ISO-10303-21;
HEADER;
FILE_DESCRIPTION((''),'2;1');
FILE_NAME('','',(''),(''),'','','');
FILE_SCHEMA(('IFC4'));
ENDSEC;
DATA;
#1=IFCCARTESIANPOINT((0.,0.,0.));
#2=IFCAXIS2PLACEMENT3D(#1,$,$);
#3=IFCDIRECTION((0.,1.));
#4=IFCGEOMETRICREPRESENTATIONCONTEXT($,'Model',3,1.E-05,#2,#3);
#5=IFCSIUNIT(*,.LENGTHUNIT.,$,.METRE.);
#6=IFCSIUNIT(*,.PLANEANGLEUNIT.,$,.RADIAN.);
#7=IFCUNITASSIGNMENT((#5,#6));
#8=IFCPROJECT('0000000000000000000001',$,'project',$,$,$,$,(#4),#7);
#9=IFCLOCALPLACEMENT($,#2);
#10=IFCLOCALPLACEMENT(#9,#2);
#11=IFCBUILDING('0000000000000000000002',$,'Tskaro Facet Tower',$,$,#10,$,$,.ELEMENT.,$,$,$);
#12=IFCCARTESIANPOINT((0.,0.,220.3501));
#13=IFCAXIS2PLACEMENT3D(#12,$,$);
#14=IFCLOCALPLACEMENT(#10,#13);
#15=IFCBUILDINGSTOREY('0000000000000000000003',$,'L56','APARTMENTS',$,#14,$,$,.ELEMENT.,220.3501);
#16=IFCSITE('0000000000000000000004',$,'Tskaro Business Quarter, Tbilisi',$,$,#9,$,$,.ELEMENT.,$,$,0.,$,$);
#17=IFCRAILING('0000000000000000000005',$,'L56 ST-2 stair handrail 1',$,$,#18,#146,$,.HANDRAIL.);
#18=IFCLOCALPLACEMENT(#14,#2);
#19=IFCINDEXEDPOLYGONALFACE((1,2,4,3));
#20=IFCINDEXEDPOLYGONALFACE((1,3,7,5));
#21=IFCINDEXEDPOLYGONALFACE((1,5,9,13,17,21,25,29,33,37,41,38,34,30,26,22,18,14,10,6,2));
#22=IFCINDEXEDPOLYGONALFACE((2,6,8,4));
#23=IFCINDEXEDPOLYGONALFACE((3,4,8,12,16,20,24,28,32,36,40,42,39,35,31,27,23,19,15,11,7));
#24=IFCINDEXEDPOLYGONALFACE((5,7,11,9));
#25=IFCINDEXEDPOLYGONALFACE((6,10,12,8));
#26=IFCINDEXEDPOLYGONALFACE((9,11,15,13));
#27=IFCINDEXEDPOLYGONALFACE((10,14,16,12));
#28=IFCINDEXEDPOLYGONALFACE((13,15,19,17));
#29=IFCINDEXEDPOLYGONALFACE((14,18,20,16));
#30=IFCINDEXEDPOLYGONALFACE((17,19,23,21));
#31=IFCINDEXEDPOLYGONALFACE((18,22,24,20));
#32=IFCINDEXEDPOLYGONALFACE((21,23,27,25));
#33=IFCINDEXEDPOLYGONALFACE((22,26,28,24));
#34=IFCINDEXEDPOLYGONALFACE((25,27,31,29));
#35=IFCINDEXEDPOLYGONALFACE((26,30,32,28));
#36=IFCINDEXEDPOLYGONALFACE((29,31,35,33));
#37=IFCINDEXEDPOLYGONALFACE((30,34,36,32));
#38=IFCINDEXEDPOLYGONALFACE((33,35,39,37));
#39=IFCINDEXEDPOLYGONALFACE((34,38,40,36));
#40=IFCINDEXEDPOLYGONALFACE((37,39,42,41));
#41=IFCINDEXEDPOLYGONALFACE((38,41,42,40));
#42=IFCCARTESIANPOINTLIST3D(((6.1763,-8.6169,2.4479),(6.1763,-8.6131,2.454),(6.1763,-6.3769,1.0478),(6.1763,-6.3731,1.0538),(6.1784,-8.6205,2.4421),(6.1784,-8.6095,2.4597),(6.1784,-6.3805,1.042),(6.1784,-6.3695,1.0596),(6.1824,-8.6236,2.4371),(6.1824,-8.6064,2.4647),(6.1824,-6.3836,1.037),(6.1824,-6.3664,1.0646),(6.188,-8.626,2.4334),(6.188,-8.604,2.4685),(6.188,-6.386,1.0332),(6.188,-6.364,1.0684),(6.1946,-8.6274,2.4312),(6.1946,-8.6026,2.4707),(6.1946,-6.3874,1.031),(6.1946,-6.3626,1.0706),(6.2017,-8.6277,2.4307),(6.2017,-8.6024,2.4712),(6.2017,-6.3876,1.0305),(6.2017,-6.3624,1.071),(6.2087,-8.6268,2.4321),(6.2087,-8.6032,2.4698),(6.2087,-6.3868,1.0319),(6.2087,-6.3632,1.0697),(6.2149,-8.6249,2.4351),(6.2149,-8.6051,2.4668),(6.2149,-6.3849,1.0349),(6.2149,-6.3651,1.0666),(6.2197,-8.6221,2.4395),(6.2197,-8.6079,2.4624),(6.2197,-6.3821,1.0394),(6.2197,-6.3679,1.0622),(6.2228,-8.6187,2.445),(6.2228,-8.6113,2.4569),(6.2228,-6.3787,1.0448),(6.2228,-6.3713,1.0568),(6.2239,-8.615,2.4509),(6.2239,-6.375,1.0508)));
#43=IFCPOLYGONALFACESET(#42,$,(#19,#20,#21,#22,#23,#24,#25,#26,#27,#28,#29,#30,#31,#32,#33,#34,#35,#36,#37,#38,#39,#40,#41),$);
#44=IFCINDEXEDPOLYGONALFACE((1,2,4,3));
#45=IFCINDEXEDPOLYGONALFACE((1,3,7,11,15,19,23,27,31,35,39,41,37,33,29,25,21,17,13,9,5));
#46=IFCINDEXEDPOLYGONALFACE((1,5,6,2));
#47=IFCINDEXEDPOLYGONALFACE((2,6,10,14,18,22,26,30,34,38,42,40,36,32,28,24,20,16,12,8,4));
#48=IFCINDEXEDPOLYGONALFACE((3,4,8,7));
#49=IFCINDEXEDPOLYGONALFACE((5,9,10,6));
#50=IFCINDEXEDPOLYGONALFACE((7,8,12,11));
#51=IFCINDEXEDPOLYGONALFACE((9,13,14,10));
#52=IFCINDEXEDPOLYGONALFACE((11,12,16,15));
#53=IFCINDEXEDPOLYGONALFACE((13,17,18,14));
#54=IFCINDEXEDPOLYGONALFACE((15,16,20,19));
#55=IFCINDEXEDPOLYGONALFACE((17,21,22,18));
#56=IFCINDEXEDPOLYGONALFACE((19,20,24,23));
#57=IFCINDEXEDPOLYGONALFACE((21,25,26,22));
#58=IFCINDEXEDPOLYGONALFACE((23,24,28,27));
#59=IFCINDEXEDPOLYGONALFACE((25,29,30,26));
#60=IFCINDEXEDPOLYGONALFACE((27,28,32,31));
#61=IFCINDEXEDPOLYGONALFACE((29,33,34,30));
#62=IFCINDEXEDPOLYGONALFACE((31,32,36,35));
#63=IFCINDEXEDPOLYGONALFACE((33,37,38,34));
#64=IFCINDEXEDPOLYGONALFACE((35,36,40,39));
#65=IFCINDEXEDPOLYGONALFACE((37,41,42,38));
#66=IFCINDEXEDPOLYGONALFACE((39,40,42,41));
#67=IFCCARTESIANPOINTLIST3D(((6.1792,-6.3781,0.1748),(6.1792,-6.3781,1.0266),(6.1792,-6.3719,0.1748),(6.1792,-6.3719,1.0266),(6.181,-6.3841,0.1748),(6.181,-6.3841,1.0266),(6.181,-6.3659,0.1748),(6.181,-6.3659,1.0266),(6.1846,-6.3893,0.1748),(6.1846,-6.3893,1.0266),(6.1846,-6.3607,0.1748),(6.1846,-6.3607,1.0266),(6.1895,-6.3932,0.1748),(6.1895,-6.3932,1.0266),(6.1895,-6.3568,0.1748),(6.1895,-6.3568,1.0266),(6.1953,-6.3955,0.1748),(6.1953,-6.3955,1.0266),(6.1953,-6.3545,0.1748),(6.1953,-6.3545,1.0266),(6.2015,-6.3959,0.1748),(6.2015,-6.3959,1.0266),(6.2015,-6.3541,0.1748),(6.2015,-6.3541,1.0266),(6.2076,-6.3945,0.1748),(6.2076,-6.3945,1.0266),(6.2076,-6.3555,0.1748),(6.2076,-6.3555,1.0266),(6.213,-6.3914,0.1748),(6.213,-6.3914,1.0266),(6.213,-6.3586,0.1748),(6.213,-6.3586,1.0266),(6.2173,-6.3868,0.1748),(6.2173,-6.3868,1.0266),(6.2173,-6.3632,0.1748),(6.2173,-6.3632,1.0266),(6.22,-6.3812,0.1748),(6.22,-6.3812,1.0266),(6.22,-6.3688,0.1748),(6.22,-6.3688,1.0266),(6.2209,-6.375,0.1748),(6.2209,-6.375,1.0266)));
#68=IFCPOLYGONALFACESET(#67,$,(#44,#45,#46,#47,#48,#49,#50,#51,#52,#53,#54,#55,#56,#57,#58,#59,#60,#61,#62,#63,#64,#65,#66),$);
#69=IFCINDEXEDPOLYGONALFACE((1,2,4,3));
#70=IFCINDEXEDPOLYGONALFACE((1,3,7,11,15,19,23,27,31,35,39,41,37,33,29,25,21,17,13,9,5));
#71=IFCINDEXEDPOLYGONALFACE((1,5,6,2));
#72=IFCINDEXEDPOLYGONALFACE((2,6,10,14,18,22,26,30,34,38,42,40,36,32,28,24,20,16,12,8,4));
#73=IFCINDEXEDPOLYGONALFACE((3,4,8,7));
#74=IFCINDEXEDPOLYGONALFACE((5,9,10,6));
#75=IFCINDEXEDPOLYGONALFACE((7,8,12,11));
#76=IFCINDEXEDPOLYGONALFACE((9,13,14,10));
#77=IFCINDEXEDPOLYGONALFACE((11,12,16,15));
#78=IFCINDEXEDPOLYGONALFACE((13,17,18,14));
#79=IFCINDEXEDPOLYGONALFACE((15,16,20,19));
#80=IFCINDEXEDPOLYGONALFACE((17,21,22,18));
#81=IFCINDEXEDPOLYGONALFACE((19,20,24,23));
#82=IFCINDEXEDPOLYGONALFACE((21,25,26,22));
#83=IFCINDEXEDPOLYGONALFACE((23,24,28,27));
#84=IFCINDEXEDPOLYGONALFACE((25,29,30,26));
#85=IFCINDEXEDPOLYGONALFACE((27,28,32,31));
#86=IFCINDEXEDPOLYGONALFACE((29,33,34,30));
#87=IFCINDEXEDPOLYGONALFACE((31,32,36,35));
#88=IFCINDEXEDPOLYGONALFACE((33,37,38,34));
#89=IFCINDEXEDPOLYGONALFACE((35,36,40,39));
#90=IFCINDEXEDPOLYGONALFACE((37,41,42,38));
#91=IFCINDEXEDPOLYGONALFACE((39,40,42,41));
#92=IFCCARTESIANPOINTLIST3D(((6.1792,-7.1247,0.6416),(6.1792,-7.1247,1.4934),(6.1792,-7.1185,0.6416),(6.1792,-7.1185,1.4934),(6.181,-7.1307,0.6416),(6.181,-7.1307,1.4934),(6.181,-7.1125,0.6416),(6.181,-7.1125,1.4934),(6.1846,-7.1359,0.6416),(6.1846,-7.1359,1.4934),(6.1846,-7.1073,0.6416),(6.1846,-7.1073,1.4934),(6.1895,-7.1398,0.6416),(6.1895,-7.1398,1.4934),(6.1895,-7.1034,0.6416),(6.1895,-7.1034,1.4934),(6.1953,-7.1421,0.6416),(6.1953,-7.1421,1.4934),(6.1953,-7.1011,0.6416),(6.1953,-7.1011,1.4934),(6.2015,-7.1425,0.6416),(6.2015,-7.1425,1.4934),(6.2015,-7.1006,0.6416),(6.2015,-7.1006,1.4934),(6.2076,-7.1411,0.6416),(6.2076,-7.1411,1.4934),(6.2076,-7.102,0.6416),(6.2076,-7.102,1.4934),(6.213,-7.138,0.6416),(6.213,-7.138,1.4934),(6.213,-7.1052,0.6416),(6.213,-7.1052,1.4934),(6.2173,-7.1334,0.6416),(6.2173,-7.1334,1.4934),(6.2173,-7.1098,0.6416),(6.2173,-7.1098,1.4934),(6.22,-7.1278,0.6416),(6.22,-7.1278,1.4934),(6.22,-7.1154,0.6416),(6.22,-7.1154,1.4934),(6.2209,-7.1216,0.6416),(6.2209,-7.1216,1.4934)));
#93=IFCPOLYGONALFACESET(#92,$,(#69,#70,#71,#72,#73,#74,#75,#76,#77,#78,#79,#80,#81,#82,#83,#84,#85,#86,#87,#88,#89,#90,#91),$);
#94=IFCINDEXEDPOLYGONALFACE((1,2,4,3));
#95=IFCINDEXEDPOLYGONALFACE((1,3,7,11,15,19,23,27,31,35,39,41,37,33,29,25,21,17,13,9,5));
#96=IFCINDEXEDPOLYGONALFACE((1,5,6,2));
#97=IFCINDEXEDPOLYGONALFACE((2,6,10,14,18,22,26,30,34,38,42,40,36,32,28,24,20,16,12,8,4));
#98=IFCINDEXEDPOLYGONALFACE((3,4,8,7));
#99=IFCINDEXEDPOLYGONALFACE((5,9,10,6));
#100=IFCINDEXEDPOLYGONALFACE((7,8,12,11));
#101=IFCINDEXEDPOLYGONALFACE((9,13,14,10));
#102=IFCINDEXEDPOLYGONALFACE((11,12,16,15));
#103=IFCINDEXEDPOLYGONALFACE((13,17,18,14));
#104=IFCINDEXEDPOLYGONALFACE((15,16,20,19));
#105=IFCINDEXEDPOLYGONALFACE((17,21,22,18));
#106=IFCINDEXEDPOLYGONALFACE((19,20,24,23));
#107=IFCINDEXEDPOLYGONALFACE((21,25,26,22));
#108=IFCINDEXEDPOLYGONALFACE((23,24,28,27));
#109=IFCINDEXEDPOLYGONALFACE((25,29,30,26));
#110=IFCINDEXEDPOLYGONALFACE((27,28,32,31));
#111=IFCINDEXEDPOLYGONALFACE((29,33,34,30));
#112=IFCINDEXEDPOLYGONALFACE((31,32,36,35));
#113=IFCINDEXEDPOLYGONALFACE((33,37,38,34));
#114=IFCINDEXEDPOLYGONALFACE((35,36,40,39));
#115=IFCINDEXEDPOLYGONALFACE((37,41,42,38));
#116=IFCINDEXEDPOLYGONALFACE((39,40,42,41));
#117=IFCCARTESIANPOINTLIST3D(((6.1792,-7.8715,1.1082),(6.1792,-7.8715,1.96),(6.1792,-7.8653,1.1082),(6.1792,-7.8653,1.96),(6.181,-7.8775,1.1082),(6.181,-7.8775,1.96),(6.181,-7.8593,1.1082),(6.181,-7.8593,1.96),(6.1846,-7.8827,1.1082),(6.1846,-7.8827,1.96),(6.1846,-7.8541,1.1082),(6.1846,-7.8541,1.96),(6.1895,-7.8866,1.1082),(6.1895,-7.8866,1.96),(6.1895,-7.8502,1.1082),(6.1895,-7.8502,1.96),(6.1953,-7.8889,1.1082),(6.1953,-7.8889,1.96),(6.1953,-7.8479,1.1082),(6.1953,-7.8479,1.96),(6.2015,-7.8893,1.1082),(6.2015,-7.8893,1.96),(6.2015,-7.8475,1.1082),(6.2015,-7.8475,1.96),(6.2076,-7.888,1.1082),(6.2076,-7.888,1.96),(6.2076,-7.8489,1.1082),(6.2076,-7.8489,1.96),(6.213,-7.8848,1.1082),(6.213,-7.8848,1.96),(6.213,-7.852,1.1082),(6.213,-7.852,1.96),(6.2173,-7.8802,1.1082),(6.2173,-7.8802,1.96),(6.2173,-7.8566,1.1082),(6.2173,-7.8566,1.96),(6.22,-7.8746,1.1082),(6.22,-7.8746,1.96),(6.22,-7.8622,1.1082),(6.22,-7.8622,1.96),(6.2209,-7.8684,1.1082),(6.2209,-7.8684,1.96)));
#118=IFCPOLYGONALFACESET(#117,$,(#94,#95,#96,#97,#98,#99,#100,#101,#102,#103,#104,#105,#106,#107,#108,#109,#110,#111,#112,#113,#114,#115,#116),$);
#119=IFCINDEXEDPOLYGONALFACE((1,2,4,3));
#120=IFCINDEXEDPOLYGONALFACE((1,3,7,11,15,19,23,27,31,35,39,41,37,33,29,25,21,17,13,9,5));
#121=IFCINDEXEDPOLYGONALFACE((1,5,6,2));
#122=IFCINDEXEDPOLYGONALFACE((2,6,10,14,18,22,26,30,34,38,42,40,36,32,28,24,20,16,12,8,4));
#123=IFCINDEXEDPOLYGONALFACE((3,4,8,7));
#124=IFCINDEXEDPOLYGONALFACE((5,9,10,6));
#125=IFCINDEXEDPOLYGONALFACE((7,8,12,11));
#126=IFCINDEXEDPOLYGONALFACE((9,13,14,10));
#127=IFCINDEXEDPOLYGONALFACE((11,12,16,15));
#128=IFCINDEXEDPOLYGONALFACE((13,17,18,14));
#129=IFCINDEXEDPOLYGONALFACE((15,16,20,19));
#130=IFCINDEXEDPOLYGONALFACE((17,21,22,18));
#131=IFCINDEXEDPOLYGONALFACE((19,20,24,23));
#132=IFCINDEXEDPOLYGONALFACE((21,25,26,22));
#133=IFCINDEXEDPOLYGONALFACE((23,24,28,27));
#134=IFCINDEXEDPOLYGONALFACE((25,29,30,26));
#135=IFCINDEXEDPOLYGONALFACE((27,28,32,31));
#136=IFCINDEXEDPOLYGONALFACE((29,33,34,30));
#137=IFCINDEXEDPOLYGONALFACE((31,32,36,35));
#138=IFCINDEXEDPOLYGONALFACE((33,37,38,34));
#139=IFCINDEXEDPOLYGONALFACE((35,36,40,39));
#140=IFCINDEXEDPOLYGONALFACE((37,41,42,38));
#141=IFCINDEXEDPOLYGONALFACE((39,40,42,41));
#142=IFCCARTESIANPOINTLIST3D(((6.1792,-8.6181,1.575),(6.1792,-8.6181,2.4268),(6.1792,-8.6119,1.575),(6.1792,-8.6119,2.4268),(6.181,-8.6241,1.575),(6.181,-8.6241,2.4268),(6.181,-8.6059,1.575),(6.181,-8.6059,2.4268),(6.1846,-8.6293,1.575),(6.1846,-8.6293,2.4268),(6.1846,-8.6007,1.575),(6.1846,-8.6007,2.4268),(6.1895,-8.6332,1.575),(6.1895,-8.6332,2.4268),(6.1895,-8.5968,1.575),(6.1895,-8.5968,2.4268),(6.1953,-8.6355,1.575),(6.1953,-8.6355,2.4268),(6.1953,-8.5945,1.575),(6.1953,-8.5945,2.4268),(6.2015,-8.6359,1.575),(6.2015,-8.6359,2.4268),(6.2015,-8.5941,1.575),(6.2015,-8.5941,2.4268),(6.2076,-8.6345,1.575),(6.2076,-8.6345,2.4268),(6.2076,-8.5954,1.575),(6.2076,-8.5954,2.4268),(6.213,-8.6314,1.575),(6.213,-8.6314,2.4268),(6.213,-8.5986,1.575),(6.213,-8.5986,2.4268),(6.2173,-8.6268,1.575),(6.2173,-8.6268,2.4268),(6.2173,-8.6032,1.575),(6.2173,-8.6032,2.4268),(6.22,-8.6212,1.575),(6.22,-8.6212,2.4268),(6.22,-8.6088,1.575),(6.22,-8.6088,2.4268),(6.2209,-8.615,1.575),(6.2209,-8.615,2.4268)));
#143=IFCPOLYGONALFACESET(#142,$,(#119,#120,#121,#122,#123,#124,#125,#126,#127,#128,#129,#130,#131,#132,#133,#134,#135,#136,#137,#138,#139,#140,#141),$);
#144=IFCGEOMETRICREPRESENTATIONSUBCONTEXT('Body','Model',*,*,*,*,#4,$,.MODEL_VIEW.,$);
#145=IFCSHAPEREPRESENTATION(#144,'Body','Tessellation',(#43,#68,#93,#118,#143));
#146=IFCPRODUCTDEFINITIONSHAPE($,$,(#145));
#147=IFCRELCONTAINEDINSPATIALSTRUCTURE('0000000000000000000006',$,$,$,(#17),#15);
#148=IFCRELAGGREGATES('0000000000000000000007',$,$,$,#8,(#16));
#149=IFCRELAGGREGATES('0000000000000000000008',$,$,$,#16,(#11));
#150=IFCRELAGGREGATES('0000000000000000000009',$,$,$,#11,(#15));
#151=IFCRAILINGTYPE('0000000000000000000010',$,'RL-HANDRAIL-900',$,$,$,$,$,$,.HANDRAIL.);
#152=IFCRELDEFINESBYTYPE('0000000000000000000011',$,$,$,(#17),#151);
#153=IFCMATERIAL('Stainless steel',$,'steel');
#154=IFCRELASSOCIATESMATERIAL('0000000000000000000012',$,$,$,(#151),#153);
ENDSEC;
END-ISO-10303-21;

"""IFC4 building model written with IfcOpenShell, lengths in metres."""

from ifc_helpers import new_model, si_unit, direction, frame, origin, origin_2d, place, context, subcontext, project, spatial, circle, extrude, material, type_object, element, save


model = new_model("IFC4")

# Units and contexts
model_context = context("Model", 3, precision=1e-05, world=origin(), true_north=direction((0.0, 1.0)))
body_context = subcontext(model_context, "Body", "Model", "MODEL_VIEW")
ifc_project = project(units=[si_unit("LENGTHUNIT", "METRE"), si_unit("PLANEANGLEUNIT", "RADIAN")], contexts=[model_context])

# Site, building, storey
site_placement = place(None, origin())
site = spatial("IfcSite", under=ifc_project, at=site_placement, Name="Tskaro Business Quarter, Tbilisi", CompositionType="ELEMENT", RefElevation=0.0)
building_placement = place(site_placement, origin())
building = spatial("IfcBuilding", under=site, at=building_placement, Name="Tskaro Facet Tower", CompositionType="ELEMENT")
storey_placement = place(building_placement, frame((0.0, 0.0, 220.3501)))
storey = spatial("IfcBuildingStorey", under=building, at=storey_placement, Name="L56", Description="APARTMENTS", CompositionType="ELEMENT", Elevation=220.3501)

# Shared definitions
ifc_material_1 = material(Name="Stainless steel", Category="steel")

# Railing
railing_type = type_object("IfcRailingType", Name="RL-HANDRAIL-900", PredefinedType="HANDRAIL", material=ifc_material_1)
railing_placement = place(storey_placement, frame((6.2, -6.375, 0.1748)))
element("IfcRailing", 1, at=railing_placement, inside=storey, type_object=railing_type, Name="L56 ST-2 stair handrail 1", PredefinedType="HANDRAIL", context=body_context, shape_type="SweptSolid", body=[
    extrude(circle(Radius=0.0239, at=origin_2d()), frame((0.0, 0.0, 0.876), z_axis=(0.0, -0.847972, 0.53004), x_axis=(1.0, 0.0, 0.0)), (0.0, 0.0, 1.0), 2.6416),
    extrude(circle(Radius=0.021, at=origin_2d()), origin(), (0.0, 0.0, 1.0), 0.8518),
    extrude(circle(Radius=0.021, at=origin_2d()), frame((0.0, -0.7466, 0.4668)), (0.0, 0.0, 1.0), 0.8518),
    extrude(circle(Radius=0.021, at=origin_2d()), frame((0.0, -1.4934, 0.9333)), (0.0, 0.0, 1.0), 0.8518),
    extrude(circle(Radius=0.021, at=origin_2d()), frame((0.0, -2.24, 1.4001)), (0.0, 0.0, 1.0), 0.8518),
])

save(model, "model.ifc")
